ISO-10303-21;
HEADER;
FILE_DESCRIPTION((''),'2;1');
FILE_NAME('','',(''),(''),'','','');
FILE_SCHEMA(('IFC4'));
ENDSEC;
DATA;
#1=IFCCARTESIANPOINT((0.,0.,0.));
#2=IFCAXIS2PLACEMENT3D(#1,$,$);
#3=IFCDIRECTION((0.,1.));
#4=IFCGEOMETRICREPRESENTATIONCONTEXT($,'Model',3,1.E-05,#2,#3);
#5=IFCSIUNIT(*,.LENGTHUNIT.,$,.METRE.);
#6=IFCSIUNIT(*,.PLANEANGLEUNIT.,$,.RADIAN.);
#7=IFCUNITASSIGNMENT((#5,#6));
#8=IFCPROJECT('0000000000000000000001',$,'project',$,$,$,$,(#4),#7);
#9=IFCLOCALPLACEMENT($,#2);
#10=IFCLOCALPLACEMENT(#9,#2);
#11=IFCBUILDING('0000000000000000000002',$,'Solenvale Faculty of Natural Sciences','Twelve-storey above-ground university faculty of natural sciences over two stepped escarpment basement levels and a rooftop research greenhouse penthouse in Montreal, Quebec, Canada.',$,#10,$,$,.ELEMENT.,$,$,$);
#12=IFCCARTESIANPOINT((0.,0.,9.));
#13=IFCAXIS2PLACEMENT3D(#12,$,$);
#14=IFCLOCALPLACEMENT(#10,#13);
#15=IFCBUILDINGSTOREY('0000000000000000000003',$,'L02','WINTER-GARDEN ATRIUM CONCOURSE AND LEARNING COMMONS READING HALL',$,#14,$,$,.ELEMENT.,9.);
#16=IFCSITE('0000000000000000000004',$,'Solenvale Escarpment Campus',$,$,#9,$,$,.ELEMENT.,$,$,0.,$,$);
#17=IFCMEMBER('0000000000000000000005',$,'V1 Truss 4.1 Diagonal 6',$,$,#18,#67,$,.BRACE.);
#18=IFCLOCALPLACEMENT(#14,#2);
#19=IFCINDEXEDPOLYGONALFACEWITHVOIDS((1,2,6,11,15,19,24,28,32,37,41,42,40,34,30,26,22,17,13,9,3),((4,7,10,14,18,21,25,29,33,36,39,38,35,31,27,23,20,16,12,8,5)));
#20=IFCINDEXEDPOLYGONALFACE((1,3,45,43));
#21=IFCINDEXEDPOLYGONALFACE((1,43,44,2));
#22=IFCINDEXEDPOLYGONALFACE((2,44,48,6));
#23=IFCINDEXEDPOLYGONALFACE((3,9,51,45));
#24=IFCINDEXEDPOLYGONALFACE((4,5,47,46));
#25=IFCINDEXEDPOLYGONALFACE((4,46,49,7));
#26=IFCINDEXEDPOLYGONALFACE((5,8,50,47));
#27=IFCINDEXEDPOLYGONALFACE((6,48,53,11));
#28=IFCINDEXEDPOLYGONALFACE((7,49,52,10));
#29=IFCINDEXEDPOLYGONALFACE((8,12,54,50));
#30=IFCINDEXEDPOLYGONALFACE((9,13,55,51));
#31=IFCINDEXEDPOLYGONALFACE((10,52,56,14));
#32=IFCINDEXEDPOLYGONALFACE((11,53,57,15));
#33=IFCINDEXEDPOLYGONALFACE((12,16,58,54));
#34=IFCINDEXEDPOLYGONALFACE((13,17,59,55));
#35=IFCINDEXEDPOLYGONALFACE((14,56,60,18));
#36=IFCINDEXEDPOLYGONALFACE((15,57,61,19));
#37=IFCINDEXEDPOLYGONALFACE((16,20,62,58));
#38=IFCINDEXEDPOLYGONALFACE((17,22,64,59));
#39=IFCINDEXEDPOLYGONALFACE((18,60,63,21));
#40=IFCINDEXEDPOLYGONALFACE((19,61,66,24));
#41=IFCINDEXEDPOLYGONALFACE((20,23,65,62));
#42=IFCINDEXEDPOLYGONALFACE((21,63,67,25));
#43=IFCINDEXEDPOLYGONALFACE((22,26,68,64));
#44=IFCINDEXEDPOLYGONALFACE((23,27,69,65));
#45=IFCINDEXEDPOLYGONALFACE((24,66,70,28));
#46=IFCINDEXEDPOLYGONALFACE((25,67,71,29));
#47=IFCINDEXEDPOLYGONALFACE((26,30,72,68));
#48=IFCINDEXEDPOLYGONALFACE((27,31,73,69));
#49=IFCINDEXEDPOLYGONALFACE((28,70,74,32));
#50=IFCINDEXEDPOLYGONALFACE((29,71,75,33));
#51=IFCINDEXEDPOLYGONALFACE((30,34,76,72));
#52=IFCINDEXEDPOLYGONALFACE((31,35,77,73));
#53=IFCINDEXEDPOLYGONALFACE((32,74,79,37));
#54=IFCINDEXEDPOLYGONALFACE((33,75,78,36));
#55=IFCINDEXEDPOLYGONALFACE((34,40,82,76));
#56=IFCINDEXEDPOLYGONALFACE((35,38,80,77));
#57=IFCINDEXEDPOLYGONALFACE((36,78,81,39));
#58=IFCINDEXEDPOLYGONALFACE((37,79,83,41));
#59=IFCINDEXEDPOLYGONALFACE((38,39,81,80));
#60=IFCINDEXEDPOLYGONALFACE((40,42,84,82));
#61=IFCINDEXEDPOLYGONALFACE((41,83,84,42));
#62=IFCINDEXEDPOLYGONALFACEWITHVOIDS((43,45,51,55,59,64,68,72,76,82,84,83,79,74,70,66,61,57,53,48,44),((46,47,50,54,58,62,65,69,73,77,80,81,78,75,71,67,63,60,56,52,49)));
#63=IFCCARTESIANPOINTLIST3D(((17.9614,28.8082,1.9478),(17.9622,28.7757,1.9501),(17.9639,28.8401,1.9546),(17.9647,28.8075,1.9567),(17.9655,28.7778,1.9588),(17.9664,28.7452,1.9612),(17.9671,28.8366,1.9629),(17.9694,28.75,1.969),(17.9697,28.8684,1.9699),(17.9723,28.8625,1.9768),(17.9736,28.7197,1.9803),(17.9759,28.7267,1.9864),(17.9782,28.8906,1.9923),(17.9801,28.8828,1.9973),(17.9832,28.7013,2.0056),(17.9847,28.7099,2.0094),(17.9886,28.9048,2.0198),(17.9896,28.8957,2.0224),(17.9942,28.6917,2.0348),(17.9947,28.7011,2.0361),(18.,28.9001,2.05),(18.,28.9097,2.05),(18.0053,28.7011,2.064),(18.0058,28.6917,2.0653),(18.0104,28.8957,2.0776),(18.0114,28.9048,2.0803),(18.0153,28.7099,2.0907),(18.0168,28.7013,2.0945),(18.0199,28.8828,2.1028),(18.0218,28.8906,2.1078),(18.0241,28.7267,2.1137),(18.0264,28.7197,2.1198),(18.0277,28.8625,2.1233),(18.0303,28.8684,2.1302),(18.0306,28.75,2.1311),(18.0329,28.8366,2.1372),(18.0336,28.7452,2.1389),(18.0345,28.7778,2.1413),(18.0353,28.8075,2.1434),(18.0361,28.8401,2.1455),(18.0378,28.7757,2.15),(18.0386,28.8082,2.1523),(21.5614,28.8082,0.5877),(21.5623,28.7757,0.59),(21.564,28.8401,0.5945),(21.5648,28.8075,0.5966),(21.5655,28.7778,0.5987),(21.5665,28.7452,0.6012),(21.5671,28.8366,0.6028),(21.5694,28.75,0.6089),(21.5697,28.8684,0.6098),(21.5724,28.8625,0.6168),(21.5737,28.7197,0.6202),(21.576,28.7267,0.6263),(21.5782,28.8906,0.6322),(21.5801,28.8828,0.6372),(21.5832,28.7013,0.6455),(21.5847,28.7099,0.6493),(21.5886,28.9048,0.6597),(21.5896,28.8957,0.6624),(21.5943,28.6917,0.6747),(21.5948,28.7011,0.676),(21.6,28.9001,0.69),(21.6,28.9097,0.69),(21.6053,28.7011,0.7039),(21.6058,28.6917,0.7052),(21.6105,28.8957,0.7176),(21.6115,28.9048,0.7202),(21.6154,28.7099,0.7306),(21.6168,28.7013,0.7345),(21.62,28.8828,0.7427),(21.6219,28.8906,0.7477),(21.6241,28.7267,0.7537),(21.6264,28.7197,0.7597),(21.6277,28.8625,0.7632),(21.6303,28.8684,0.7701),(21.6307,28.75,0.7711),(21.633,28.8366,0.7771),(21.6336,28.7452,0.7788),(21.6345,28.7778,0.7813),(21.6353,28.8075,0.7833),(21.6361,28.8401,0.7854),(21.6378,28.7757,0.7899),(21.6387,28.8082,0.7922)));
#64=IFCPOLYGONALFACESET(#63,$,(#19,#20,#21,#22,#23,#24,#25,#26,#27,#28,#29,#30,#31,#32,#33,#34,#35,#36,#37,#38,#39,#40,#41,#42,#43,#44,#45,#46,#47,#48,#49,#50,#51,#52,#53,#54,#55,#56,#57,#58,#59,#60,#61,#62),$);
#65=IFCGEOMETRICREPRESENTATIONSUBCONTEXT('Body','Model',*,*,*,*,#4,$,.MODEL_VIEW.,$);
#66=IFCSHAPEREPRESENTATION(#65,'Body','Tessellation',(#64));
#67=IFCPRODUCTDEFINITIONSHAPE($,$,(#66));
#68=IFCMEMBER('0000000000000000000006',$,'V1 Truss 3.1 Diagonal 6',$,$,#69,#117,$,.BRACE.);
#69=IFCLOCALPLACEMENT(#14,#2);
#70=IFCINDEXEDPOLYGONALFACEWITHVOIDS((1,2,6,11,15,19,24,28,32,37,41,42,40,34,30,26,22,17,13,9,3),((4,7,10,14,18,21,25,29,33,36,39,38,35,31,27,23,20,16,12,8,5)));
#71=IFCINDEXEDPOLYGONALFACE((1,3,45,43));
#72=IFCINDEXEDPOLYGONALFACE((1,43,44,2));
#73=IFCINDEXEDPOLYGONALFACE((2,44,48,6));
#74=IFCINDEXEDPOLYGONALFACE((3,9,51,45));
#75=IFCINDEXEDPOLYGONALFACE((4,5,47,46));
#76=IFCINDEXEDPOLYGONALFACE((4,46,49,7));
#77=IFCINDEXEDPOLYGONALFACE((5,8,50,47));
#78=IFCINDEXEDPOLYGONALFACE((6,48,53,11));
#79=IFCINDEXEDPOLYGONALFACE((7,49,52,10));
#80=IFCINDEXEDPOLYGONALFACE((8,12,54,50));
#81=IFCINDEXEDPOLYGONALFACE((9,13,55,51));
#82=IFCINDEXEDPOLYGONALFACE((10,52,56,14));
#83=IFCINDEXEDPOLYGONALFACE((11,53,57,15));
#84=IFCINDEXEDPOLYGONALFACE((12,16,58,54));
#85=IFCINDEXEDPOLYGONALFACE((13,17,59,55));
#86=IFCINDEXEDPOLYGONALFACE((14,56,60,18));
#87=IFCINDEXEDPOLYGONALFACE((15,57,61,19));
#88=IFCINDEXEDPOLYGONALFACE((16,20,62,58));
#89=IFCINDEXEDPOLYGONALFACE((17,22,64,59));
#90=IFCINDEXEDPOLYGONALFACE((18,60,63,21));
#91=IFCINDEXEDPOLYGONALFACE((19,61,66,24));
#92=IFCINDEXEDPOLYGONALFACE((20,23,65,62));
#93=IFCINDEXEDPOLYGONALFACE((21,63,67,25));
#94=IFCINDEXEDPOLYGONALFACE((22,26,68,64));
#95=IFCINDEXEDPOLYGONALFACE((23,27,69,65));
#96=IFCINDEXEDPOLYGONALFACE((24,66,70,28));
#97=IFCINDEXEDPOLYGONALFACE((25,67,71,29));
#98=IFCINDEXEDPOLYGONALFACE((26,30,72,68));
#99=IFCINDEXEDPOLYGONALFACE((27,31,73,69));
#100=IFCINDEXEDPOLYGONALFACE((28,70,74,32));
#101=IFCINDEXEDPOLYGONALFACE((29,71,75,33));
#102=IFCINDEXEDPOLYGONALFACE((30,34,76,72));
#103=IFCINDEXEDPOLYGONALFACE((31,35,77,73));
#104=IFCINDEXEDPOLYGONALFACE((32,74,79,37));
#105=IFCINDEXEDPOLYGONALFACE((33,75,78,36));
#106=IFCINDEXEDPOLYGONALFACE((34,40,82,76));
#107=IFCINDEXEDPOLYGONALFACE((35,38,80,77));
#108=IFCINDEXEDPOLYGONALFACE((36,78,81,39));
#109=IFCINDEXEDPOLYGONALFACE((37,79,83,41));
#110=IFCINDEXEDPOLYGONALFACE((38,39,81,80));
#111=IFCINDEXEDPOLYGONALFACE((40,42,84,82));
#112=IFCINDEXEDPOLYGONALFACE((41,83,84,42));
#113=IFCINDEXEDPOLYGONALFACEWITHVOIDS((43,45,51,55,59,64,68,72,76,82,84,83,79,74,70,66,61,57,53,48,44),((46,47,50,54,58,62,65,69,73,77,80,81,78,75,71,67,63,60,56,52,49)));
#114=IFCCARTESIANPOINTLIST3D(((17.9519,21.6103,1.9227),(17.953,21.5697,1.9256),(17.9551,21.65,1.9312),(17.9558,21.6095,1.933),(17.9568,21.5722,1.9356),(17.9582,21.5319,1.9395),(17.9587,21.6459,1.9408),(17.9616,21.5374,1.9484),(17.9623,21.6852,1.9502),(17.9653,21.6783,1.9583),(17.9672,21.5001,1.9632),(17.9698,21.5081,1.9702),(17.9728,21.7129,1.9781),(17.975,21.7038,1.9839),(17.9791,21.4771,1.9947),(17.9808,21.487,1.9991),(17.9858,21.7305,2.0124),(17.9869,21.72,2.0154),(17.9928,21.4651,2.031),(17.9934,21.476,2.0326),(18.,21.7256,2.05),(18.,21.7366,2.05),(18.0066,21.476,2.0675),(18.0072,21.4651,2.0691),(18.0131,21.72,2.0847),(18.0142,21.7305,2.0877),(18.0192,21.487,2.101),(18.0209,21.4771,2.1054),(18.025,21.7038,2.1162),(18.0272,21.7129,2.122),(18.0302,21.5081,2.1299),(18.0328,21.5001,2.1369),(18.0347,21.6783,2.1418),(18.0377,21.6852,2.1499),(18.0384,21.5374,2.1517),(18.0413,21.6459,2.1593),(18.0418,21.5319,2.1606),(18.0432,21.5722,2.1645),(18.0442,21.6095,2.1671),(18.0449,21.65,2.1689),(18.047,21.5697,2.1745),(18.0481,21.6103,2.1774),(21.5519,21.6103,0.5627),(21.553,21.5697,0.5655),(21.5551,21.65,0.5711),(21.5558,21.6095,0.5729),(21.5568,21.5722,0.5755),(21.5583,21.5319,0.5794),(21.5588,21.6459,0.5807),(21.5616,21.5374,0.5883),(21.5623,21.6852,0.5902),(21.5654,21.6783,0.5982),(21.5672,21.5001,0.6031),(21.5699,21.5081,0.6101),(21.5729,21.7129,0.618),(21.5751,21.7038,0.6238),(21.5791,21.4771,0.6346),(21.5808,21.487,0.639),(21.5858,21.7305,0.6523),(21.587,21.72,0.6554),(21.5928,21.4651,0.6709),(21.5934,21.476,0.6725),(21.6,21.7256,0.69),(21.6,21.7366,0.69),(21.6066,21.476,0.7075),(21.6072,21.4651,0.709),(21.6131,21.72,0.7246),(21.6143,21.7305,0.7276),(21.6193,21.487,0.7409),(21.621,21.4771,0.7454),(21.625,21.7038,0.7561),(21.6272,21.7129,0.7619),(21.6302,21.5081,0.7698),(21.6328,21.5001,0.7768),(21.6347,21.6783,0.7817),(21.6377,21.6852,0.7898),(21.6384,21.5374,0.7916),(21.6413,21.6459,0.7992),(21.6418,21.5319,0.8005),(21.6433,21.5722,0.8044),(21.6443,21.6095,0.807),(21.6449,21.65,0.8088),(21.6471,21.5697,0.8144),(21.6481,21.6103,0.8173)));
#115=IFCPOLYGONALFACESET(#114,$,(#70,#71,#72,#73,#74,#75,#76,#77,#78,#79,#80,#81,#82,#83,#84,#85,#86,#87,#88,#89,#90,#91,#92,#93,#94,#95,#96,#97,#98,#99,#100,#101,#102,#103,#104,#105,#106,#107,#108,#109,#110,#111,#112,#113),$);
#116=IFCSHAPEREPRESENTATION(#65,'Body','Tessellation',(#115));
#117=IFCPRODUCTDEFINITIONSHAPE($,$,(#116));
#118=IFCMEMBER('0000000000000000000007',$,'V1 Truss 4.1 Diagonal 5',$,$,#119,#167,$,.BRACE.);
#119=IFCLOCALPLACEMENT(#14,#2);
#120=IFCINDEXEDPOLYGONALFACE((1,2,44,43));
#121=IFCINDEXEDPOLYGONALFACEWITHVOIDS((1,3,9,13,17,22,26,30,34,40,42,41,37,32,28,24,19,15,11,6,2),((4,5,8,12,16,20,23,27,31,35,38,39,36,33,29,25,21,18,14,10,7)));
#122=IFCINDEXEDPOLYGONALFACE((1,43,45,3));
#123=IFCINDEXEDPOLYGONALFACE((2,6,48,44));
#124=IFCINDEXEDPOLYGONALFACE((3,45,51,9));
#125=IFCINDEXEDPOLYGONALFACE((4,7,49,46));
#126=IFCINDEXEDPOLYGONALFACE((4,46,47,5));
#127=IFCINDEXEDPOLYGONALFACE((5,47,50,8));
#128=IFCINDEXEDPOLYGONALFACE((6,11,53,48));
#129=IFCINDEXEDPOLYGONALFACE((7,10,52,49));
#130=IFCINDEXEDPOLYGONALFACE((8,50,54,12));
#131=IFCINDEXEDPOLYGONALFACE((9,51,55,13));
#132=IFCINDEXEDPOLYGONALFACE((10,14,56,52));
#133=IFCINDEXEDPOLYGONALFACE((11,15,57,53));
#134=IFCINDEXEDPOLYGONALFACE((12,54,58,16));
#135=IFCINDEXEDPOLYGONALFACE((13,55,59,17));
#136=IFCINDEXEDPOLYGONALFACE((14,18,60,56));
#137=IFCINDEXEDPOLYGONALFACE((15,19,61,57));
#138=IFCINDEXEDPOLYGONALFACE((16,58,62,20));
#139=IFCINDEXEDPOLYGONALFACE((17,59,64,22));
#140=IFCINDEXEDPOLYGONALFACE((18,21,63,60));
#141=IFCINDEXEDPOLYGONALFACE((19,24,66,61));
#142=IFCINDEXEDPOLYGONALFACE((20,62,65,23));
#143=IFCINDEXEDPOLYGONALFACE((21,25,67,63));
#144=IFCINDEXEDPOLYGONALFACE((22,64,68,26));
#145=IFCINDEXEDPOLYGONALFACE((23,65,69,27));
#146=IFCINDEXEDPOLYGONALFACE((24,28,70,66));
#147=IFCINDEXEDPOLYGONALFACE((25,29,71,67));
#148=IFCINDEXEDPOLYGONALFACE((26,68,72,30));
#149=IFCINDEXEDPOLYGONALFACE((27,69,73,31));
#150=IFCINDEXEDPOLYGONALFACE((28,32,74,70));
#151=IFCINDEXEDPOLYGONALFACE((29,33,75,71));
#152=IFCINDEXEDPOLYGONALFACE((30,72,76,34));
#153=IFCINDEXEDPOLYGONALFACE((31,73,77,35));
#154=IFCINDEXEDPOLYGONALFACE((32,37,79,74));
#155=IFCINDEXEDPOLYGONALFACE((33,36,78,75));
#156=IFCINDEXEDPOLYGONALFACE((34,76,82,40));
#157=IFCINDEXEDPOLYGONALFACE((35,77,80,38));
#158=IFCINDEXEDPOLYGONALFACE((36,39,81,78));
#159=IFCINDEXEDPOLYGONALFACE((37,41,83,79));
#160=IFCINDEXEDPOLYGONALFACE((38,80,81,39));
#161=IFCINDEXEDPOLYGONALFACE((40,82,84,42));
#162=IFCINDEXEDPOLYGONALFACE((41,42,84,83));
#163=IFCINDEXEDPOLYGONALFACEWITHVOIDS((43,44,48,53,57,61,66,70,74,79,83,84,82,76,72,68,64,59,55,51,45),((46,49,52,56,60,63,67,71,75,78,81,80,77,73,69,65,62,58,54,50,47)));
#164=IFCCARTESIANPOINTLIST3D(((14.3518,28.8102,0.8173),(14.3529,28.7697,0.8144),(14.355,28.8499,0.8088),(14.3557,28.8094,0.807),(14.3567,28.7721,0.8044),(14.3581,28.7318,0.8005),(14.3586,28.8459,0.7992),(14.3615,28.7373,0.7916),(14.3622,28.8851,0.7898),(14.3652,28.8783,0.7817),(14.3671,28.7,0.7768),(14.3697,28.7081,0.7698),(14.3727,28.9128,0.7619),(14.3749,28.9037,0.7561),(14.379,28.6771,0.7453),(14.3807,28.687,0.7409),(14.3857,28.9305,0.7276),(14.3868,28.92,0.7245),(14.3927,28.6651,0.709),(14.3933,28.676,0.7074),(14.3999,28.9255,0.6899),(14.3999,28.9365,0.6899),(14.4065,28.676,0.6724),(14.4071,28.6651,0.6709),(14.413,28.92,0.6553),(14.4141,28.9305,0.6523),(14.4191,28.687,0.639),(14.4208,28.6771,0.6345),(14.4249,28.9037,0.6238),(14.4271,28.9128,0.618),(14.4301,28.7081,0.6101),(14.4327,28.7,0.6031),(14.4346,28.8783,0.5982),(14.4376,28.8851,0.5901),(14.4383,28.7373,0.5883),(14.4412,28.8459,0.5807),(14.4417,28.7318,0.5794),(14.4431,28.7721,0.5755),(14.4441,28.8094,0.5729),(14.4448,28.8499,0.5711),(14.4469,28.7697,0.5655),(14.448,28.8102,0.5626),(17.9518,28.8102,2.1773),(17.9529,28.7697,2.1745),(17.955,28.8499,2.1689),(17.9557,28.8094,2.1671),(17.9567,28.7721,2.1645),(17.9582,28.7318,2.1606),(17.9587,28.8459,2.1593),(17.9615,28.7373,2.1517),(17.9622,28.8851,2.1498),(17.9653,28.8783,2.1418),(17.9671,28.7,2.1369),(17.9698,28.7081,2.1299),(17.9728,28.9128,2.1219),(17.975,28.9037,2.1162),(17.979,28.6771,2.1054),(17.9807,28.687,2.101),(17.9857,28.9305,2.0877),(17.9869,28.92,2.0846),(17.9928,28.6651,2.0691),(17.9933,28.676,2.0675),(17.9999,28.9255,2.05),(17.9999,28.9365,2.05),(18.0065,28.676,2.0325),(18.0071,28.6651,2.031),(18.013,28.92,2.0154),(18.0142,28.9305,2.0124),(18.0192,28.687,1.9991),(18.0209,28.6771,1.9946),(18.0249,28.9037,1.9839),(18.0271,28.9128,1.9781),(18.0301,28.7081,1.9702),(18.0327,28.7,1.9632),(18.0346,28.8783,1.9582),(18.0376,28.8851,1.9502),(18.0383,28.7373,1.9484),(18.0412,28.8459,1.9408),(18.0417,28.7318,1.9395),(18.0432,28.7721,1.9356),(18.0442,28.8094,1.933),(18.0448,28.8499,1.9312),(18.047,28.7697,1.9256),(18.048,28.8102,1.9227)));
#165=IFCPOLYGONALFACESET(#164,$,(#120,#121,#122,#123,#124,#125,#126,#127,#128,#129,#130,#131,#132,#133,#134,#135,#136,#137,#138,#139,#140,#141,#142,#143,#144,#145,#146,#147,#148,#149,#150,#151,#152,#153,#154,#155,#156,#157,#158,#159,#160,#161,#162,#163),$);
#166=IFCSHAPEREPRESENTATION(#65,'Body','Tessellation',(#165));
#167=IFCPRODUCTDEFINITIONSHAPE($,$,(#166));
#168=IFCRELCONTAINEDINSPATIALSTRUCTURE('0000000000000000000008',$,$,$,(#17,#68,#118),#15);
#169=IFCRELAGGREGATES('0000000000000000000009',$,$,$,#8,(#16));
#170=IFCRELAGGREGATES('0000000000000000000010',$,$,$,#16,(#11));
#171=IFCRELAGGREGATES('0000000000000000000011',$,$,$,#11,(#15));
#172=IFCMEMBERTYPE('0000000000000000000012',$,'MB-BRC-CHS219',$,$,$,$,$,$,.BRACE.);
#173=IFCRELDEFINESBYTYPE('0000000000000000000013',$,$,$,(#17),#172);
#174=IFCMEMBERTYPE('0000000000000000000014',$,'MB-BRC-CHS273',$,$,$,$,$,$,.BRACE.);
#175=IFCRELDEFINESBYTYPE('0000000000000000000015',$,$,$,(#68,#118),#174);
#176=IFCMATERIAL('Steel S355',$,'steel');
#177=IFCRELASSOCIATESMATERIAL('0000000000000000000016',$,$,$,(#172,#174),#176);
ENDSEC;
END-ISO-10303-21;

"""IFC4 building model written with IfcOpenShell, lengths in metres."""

from ifc_helpers import new_model, si_unit, direction, frame, origin, origin_2d, place, context, subcontext, project, spatial, hollow_circle, extrude, material, material_profile, profile_set, type_object, element, save


model = new_model("IFC4")

# Units and contexts
model_context = context("Model", 3, precision=1e-05, world=origin(), true_north=direction((0.0, 1.0)))
body_context = subcontext(model_context, "Body", "Model", "MODEL_VIEW")
ifc_project = project(units=[si_unit("LENGTHUNIT", "METRE"), si_unit("PLANEANGLEUNIT", "RADIAN")], contexts=[model_context])

# Site, building, storey
site_placement = place(None, origin())
site = spatial("IfcSite", under=ifc_project, at=site_placement, Name="Solenvale Escarpment Campus", CompositionType="ELEMENT", RefElevation=0.0)
building_placement = place(site_placement, origin())
building = spatial("IfcBuilding", under=site, at=building_placement, Name="Solenvale Faculty of Natural Sciences", Description="Twelve-storey above-ground university faculty of natural sciences over two stepped escarpment basement levels and a rooftop research greenhouse penthouse in Montreal, Quebec, Canada.", CompositionType="ELEMENT")
storey_placement = place(building_placement, frame((0.0, 0.0, 9.0)))
storey = spatial("IfcBuildingStorey", under=building, at=storey_placement, Name="L02", Description="WINTER-GARDEN ATRIUM CONCOURSE AND LEARNING COMMONS READING HALL", CompositionType="ELEMENT", Elevation=9.0)

# Members
ifc_material_1 = material(Name="Steel S355", Category="steel")
ifc_material_profile_1 = material_profile(ifc_material_1, hollow_circle(Radius=0.1096, WallThickness=0.0095, at=origin_2d()), Name="HSS219x9.5")
ifc_profile_set_1 = profile_set([ifc_material_profile_1], Name="Steel S355")
member_type_1 = type_object("IfcMemberType", Name="MB-BRC-CHS219", PredefinedType="BRACE", material=ifc_profile_set_1)
member_1_placement = place(storey_placement, frame((18.0, 28.8, 2.05), z_axis=(0.935466, 0.0, -0.353417), x_axis=(0.0, 1.0, 0.0)))
element("IfcMember", 1, at=member_1_placement, inside=storey, type_object=member_type_1, Name="V1 Truss 4.1 Diagonal 6", PredefinedType="BRACE", context=body_context, shape_type="SweptSolid", body=[
    extrude(hollow_circle(Radius=0.1096, WallThickness=0.0095, at=origin_2d()), origin(), (0.0, 0.0, 1.0), 3.8484),
])
ifc_material_profile_2 = material_profile(ifc_material_1, hollow_circle(Radius=0.1365, WallThickness=0.011, at=origin_2d()), Name="HSS273x11")
ifc_profile_set_2 = profile_set([ifc_material_profile_2], Name="Steel S355")
member_type_2 = type_object("IfcMemberType", Name="MB-BRC-CHS273", PredefinedType="BRACE", material=ifc_profile_set_2)
for number, where, z_axis, x_axis, name in (
    (2, (18.0, 21.6001, 2.05), (0.935466, 0.0, -0.353417), (0.0, 1.0, 0.0), "V1 Truss 3.1 Diagonal 6"),
    (3, (14.3999, 28.8, 0.6899), (0.935466, 0.0, 0.353417), (0.0, 1.0, 0.0), "V1 Truss 4.1 Diagonal 5"),
):
    element("IfcMember", number, at=place(storey_placement, frame(where, z_axis=z_axis, x_axis=x_axis)), inside=storey, type_object=member_type_2, Name=name, PredefinedType="BRACE", context=body_context, shape_type="SweptSolid", body=[
        extrude(hollow_circle(Radius=0.1365, WallThickness=0.011, at=origin_2d()), origin(), (0.0, 0.0, 1.0), 3.8484),
    ])

save(model, "model.ifc")
